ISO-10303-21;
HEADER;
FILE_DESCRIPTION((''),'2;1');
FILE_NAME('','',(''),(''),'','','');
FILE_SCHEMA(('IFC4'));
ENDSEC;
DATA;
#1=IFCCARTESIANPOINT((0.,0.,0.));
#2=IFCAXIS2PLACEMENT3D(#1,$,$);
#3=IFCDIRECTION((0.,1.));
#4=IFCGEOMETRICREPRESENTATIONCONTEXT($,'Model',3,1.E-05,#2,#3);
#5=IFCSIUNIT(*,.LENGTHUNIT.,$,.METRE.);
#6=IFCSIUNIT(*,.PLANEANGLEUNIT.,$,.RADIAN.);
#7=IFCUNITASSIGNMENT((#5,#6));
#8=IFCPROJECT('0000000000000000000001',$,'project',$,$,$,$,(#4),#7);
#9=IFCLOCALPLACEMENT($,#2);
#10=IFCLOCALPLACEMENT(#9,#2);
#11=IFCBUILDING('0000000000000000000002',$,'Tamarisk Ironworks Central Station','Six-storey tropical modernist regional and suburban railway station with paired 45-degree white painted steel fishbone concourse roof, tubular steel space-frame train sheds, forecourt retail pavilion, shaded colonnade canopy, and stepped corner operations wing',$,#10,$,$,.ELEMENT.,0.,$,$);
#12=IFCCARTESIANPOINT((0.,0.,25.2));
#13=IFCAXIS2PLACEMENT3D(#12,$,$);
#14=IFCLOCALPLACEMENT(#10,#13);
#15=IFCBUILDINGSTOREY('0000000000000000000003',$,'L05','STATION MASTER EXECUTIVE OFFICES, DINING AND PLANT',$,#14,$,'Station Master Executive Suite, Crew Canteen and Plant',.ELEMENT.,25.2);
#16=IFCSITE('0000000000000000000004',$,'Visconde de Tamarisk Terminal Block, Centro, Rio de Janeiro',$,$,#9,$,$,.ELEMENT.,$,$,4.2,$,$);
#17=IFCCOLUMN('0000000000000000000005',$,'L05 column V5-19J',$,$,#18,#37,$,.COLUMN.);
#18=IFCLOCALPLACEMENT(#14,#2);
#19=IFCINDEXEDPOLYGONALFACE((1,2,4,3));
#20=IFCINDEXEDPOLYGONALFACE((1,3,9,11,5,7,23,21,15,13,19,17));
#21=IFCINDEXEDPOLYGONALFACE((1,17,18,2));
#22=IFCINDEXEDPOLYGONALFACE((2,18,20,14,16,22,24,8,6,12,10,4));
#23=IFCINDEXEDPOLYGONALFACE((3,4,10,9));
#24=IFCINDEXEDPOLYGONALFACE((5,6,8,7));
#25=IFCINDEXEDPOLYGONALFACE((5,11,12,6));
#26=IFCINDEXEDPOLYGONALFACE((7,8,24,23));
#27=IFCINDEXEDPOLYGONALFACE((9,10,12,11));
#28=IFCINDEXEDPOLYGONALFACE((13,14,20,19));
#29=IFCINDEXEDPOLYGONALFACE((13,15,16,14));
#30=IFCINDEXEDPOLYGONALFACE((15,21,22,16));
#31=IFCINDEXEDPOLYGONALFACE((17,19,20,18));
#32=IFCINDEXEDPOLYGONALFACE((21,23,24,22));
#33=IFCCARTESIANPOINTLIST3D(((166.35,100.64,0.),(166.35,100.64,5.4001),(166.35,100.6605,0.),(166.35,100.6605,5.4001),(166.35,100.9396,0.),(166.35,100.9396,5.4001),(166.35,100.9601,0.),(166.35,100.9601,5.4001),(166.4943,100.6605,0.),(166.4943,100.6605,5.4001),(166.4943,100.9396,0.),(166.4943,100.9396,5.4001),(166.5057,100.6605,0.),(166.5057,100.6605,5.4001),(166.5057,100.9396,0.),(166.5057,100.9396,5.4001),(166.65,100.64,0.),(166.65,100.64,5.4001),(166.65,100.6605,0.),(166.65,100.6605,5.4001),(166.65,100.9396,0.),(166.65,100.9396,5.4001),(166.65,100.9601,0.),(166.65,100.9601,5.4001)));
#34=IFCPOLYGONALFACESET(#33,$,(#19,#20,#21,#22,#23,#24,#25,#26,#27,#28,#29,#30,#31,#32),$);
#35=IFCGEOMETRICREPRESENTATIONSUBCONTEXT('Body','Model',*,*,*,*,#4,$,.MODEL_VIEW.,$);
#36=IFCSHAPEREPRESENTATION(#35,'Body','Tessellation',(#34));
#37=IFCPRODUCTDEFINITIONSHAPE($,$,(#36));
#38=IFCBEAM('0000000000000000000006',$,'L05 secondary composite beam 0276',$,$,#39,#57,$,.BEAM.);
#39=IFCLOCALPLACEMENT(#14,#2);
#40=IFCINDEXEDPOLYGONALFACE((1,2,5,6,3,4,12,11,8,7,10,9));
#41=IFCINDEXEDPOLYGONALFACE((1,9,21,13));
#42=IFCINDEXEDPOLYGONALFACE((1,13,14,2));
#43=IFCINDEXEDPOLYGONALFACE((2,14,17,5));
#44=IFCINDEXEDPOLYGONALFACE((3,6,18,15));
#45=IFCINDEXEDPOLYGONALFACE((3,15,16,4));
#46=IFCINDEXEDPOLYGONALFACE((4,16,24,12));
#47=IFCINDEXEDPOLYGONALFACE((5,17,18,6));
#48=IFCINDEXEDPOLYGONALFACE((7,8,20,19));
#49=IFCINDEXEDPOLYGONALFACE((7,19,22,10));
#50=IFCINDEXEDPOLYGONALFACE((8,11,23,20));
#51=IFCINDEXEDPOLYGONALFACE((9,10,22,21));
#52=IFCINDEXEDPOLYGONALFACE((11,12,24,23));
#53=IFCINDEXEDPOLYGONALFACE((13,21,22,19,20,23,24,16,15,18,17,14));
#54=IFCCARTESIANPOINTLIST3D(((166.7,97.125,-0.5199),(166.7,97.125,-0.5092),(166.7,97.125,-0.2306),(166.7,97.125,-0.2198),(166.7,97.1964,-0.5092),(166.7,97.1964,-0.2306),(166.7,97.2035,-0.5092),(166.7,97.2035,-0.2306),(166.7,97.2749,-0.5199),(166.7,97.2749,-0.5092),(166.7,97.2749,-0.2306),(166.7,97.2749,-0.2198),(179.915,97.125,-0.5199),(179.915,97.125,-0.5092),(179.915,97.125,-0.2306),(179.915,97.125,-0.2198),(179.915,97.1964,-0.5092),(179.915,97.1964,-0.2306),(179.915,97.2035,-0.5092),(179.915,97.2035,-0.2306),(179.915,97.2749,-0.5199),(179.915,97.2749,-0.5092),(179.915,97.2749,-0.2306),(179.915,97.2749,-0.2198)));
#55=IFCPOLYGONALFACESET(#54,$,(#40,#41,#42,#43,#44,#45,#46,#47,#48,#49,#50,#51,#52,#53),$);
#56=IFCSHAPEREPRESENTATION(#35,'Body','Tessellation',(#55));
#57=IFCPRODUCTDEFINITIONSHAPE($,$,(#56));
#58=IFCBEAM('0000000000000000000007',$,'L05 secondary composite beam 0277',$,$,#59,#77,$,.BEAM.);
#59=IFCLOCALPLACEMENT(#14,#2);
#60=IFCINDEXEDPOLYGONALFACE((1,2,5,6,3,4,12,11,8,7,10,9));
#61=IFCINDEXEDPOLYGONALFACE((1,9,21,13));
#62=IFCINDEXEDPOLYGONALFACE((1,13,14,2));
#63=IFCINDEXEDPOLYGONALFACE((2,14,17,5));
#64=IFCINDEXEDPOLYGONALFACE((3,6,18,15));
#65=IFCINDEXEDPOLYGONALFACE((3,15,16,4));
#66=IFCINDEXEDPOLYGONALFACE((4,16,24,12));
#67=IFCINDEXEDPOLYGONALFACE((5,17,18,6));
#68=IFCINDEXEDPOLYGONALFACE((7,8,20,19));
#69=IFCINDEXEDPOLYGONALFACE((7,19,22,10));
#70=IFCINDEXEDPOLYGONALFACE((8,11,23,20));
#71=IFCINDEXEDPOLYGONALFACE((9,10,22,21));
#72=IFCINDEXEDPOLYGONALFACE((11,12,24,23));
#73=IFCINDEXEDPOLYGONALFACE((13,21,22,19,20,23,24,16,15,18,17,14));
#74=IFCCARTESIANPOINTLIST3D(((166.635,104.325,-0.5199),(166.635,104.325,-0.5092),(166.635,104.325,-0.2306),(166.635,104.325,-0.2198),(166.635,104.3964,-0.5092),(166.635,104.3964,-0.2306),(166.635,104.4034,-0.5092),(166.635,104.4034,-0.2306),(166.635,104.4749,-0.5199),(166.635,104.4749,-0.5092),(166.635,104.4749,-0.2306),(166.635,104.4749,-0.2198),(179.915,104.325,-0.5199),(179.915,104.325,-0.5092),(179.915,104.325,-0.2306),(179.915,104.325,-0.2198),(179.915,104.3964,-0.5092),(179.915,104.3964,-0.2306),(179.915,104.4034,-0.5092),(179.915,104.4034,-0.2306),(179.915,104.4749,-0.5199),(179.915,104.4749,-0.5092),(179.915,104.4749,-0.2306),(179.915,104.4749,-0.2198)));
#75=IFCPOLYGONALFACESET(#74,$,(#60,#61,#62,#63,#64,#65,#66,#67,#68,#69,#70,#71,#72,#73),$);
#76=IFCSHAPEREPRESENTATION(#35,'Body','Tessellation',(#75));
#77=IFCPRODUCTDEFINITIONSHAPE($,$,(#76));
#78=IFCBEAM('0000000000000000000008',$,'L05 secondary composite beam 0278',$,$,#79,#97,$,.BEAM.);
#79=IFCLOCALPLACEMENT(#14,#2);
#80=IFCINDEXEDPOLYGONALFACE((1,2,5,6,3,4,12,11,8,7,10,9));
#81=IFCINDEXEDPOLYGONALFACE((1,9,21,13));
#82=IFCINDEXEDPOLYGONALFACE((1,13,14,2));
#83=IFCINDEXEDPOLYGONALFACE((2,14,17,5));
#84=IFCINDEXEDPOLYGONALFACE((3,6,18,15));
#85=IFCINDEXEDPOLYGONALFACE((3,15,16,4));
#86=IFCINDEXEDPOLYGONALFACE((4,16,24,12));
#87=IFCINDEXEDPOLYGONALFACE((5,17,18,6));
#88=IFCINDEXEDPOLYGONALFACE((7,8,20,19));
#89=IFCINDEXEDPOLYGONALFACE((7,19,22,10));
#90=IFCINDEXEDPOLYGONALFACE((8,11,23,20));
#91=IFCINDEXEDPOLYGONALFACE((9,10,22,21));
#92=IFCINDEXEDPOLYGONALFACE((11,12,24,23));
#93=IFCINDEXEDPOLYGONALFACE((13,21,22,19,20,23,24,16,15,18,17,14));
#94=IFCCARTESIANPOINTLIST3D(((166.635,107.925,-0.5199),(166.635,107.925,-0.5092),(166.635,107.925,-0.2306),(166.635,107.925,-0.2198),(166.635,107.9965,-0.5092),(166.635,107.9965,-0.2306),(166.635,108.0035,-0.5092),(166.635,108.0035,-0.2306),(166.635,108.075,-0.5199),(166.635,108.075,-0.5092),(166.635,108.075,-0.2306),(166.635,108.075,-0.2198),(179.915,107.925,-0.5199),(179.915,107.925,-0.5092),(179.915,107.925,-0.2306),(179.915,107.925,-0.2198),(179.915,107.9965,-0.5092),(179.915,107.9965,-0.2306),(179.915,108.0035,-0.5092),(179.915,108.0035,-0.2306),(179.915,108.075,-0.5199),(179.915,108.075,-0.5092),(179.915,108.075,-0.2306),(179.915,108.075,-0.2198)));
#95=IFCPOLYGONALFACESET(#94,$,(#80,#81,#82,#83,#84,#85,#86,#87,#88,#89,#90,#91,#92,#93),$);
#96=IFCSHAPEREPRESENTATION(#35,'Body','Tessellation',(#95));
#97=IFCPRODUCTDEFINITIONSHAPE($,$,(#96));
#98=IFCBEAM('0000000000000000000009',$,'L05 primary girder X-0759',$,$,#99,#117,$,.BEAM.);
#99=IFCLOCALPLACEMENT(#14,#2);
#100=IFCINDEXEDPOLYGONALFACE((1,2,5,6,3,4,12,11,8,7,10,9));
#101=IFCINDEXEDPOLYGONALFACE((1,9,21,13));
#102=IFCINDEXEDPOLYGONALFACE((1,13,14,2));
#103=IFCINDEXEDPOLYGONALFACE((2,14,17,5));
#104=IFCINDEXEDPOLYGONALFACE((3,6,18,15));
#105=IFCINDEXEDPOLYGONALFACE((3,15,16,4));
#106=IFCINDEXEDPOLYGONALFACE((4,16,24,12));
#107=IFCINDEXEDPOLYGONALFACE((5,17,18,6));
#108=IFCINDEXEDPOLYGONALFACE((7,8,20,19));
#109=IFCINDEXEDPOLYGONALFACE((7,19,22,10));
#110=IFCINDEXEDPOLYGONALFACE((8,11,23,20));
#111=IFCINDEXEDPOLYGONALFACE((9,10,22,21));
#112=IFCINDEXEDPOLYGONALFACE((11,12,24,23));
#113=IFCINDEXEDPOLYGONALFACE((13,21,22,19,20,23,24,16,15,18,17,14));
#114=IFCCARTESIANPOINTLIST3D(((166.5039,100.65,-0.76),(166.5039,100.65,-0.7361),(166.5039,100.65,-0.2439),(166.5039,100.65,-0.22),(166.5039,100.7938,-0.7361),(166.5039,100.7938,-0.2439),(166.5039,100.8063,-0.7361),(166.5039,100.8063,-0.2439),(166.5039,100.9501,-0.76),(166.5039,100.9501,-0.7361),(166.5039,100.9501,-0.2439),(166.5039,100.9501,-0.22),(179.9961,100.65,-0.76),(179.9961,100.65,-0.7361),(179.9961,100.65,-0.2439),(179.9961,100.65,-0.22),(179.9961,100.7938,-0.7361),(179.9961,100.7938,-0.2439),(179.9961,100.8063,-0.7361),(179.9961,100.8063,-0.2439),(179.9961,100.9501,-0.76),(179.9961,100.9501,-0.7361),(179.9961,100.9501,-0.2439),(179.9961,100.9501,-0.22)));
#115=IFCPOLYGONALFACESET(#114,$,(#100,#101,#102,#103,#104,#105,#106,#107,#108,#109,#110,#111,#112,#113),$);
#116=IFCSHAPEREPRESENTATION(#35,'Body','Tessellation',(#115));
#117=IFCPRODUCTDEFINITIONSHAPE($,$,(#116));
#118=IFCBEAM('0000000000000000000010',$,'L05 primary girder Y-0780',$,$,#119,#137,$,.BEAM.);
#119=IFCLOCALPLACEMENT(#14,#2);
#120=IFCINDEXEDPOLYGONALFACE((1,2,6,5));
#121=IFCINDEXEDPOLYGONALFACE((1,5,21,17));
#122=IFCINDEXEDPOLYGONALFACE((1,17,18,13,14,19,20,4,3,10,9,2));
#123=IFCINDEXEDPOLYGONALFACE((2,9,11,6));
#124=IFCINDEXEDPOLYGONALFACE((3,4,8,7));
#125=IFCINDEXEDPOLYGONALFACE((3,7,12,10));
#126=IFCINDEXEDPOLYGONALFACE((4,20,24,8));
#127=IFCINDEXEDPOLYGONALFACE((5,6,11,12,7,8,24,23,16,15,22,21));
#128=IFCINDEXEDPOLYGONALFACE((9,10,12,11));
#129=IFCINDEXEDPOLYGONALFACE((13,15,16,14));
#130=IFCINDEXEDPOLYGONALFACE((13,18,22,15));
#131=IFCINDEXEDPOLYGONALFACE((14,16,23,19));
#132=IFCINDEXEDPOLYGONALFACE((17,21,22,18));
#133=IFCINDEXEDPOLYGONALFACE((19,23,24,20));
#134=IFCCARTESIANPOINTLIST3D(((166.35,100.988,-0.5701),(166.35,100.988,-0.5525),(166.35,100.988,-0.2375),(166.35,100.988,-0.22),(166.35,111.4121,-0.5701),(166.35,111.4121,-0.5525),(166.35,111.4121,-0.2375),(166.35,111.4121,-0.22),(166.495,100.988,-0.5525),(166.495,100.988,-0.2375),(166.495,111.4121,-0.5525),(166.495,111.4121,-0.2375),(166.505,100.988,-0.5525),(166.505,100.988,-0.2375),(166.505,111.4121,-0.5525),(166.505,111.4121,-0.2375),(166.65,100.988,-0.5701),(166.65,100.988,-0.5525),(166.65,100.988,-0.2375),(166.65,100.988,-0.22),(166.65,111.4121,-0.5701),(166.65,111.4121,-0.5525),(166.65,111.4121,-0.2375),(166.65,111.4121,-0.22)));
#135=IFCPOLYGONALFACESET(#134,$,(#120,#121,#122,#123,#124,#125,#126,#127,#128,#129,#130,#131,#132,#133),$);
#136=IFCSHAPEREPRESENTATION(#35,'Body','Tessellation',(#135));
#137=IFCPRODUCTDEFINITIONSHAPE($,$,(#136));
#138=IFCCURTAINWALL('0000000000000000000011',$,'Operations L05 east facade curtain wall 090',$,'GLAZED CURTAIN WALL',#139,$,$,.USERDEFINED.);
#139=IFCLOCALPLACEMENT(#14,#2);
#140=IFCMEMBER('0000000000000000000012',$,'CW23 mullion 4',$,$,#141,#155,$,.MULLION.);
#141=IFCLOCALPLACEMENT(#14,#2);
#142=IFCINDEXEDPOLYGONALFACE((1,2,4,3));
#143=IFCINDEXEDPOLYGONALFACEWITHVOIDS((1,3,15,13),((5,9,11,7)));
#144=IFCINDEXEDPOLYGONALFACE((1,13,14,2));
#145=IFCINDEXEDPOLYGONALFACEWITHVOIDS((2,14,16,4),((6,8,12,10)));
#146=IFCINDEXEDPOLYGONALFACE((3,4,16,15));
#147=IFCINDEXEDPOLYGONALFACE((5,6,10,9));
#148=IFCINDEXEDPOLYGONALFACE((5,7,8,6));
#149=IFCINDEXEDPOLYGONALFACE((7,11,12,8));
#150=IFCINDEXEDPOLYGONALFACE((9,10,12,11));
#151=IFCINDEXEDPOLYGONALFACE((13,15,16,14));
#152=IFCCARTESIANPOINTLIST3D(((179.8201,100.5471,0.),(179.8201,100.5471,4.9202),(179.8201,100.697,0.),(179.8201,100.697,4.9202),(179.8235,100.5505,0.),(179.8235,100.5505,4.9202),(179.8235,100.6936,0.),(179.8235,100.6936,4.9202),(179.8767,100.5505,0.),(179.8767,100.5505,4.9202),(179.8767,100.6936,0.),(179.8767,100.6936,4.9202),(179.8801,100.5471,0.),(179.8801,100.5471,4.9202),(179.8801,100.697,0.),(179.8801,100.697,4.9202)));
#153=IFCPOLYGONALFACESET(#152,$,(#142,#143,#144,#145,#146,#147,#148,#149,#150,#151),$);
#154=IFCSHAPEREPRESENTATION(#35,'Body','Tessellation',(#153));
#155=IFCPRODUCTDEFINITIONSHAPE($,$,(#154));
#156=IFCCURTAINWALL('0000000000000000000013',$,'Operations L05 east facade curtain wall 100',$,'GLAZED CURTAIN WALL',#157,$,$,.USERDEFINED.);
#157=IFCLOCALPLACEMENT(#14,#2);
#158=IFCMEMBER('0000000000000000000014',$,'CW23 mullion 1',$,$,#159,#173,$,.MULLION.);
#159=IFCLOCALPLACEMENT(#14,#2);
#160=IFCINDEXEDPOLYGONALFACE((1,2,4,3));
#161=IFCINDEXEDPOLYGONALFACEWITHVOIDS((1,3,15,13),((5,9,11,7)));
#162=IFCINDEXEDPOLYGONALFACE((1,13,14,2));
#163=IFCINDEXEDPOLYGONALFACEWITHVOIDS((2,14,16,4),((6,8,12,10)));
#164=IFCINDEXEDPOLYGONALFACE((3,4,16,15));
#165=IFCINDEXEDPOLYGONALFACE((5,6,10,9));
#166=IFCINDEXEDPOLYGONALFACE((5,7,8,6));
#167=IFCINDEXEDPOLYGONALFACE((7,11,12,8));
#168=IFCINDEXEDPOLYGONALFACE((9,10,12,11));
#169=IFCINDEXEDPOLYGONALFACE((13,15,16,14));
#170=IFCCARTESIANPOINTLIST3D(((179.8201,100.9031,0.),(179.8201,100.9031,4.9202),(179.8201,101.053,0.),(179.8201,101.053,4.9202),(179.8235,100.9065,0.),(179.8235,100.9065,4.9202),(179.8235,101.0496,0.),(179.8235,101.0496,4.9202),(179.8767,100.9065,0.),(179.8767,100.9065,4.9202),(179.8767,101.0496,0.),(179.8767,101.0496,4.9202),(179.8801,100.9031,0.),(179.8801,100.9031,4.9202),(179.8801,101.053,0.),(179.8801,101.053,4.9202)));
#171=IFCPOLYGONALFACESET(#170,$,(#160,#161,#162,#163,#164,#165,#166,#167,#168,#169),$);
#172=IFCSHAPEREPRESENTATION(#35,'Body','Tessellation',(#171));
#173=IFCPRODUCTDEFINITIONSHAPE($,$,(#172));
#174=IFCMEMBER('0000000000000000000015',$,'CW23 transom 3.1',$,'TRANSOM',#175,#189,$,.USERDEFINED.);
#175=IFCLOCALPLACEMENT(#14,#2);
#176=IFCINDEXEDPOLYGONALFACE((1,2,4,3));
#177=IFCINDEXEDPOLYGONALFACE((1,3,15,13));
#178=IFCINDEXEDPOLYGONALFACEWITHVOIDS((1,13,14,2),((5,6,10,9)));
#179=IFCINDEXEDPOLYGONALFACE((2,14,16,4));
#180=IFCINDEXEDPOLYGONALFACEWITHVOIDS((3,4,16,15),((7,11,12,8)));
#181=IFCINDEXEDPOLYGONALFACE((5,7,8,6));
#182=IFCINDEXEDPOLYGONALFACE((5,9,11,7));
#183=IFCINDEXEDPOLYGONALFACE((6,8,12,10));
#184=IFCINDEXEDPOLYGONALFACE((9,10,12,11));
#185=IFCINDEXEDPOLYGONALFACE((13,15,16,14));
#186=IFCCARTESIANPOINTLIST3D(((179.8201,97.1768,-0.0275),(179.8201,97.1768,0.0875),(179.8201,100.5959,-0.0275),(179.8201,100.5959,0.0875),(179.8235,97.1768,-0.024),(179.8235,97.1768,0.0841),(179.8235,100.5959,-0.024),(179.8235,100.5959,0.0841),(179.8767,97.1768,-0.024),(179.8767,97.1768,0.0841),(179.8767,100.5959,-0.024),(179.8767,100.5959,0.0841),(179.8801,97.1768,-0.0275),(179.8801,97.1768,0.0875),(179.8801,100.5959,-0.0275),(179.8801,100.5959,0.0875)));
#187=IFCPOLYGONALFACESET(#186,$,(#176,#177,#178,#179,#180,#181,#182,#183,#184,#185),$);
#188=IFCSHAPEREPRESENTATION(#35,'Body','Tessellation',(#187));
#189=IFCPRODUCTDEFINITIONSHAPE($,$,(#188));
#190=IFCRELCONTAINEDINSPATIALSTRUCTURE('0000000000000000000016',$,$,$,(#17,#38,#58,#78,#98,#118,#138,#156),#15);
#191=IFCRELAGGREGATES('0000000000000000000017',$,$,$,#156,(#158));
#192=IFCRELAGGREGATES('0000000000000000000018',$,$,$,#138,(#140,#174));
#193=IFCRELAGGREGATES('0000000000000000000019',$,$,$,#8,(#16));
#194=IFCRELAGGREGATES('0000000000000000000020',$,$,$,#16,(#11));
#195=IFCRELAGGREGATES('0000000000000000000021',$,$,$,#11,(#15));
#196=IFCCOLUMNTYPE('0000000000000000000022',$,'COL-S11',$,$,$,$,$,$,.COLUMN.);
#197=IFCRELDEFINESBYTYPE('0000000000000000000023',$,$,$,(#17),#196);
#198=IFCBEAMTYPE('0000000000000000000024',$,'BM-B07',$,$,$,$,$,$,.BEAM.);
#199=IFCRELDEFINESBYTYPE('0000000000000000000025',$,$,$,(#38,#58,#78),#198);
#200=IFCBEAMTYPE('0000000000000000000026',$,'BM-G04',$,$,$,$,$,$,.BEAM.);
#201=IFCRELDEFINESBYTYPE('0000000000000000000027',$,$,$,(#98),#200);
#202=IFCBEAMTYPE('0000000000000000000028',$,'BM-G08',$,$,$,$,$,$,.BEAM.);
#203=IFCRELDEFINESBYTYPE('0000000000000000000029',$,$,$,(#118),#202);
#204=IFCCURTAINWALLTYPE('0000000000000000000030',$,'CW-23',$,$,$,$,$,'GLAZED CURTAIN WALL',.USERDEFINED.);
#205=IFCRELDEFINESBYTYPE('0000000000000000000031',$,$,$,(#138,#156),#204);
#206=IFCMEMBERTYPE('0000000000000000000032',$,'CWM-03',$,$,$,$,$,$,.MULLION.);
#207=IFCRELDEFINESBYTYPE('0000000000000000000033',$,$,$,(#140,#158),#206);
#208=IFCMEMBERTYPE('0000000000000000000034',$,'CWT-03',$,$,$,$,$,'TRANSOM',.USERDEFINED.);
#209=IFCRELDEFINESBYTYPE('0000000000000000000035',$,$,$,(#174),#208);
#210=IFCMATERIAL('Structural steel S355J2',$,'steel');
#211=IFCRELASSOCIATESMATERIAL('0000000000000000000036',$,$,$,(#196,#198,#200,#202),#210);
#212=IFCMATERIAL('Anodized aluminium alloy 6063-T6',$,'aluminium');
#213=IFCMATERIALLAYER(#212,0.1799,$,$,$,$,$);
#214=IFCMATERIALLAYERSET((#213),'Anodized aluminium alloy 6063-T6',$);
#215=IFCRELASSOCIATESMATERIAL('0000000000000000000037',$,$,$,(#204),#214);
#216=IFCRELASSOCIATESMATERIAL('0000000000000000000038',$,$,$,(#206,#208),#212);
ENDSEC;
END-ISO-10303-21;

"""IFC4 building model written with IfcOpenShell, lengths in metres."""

from ifc_helpers import new_model, si_unit, direction, frame, origin, origin_2d, place, context, subcontext, project, spatial, hollow_rectangle, i_section, extrude, material, layer, layer_set, material_profile, profile_set, type_object, element, aggregate, save


model = new_model("IFC4")

# Units and contexts
model_context = context("Model", 3, precision=1e-05, world=origin(), true_north=direction((0.0, 1.0)))
body_context = subcontext(model_context, "Body", "Model", "MODEL_VIEW")
ifc_project = project(units=[si_unit("LENGTHUNIT", "METRE"), si_unit("PLANEANGLEUNIT", "RADIAN")], contexts=[model_context])

# Site, building, storey
site_placement = place(None, origin())
site = spatial("IfcSite", under=ifc_project, at=site_placement, Name="Visconde de Tamarisk Terminal Block, Centro, Rio de Janeiro", CompositionType="ELEMENT", RefElevation=4.2)
building_placement = place(site_placement, origin())
building = spatial("IfcBuilding", under=site, at=building_placement, Name="Tamarisk Ironworks Central Station", Description="Six-storey tropical modernist regional and suburban railway station with paired 45-degree white painted steel fishbone concourse roof, tubular steel space-frame train sheds, forecourt retail pavilion, shaded colonnade canopy, and stepped corner operations wing", CompositionType="ELEMENT", ElevationOfRefHeight=0.0)
storey_placement = place(building_placement, frame((0.0, 0.0, 25.2)))
storey = spatial("IfcBuildingStorey", under=building, at=storey_placement, Name="L05", Description="STATION MASTER EXECUTIVE OFFICES, DINING AND PLANT", LongName="Station Master Executive Suite, Crew Canteen and Plant", CompositionType="ELEMENT", Elevation=25.2)

# Column
ifc_material_1 = material(Name="Structural steel S355J2", Category="steel")
ifc_material_profile_1 = material_profile(ifc_material_1, i_section(OverallWidth=0.3, OverallDepth=0.3201, WebThickness=0.0115, FlangeThickness=0.0205, at=origin_2d()), Name="HEB 320")
ifc_profile_set_1 = profile_set([ifc_material_profile_1], Name="Structural steel S355J2")
column_type = type_object("IfcColumnType", Name="COL-S11", PredefinedType="COLUMN", material=ifc_profile_set_1)
column_placement = place(storey_placement, frame((166.5, 100.8, 0.0), z_axis=(0.0, 0.0, 1.0), x_axis=(1.0, 0.0, 0.0)))
element("IfcColumn", 1, at=column_placement, inside=storey, type_object=column_type, Name="L05 column V5-19J", PredefinedType="COLUMN", context=body_context, shape_type="SweptSolid", body=[
    extrude(i_section(OverallWidth=0.3, OverallDepth=0.3201, WebThickness=0.0115, FlangeThickness=0.0205, at=origin_2d()), origin(), (0.0, 0.0, 1.0), 5.4001),
])

# Beams
ifc_material_profile_2 = material_profile(ifc_material_1, i_section(OverallWidth=0.1499, OverallDepth=0.3, WebThickness=0.0071, FlangeThickness=0.0107, at=origin_2d()), Name="IPE 300")
ifc_profile_set_2 = profile_set([ifc_material_profile_2], Name="Structural steel S355J2")
beam_type_1 = type_object("IfcBeamType", Name="BM-B07", PredefinedType="BEAM", material=ifc_profile_set_2)
beam_1_placement = place(storey_placement, frame((166.7, 97.2, -0.3699), z_axis=(1.0, 0.0, 0.0), x_axis=(0.0, 1.0, 0.0)))
element("IfcBeam", 2, at=beam_1_placement, inside=storey, type_object=beam_type_1, Name="L05 secondary composite beam 0276", PredefinedType="BEAM", context=body_context, shape_type="SweptSolid", body=[
    extrude(i_section(OverallWidth=0.1499, OverallDepth=0.3, WebThickness=0.0071, FlangeThickness=0.0107, at=origin_2d()), origin(), (0.0, 0.0, 1.0), 13.2151),
])
for number, where, z_axis, x_axis, name in (
    (3, (166.635, 104.3999, -0.3699), (1.0, 0.0, 0.0), (0.0, 1.0, 0.0), "L05 secondary composite beam 0277"),
    (4, (166.635, 108.0, -0.3699), (1.0, 0.0, 0.0), (0.0, 1.0, 0.0), "L05 secondary composite beam 0278"),
):
    element("IfcBeam", number, at=place(storey_placement, frame(where, z_axis=z_axis, x_axis=x_axis)), inside=storey, type_object=beam_type_1, Name=name, PredefinedType="BEAM", context=body_context, shape_type="SweptSolid", body=[
        extrude(i_section(OverallWidth=0.1499, OverallDepth=0.3, WebThickness=0.0071, FlangeThickness=0.0107, at=origin_2d()), origin(), (0.0, 0.0, 1.0), 13.28),
    ])
ifc_material_profile_3 = material_profile(ifc_material_1, i_section(OverallWidth=0.3, OverallDepth=0.54, WebThickness=0.0125, FlangeThickness=0.0239, at=origin_2d()), Name="HEA 550")
ifc_profile_set_3 = profile_set([ifc_material_profile_3], Name="Structural steel S355J2")
beam_type_2 = type_object("IfcBeamType", Name="BM-G04", PredefinedType="BEAM", material=ifc_profile_set_3)
beam_2_placement = place(storey_placement, frame((166.5039, 100.8, -0.49), z_axis=(1.0, 0.0, 0.0), x_axis=(0.0, 1.0, 0.0)))
element("IfcBeam", 5, at=beam_2_placement, inside=storey, type_object=beam_type_2, Name="L05 primary girder X-0759", PredefinedType="BEAM", context=body_context, shape_type="SweptSolid", body=[
    extrude(i_section(OverallWidth=0.3, OverallDepth=0.54, WebThickness=0.0125, FlangeThickness=0.0239, at=origin_2d()), origin(), (0.0, 0.0, 1.0), 13.4922),
])
ifc_material_profile_4 = material_profile(ifc_material_1, i_section(OverallWidth=0.3, OverallDepth=0.3501, WebThickness=0.01, FlangeThickness=0.0176, at=origin_2d()), Name="HEA 360")
ifc_profile_set_4 = profile_set([ifc_material_profile_4], Name="Structural steel S355J2")
beam_type_3 = type_object("IfcBeamType", Name="BM-G08", PredefinedType="BEAM", material=ifc_profile_set_4)
beam_3_placement = place(storey_placement, frame((166.5, 100.988, -0.395), z_axis=(0.0, 1.0, 0.0), x_axis=(-1.0, 0.0, 0.0)))
element("IfcBeam", 6, at=beam_3_placement, inside=storey, type_object=beam_type_3, Name="L05 primary girder Y-0780", PredefinedType="BEAM", context=body_context, shape_type="SweptSolid", body=[
    extrude(i_section(OverallWidth=0.3, OverallDepth=0.3501, WebThickness=0.01, FlangeThickness=0.0176, at=origin_2d()), origin(), (0.0, 0.0, 1.0), 10.4241),
])

# Curtain walls, members
ifc_material_2 = material(Name="Anodized aluminium alloy 6063-T6", Category="aluminium")
ifc_layer_1 = layer(ifc_material_2, 0.1799)
ifc_layer_set_1 = layer_set([ifc_layer_1], Name="Anodized aluminium alloy 6063-T6")
curtain_wall_type = type_object("IfcCurtainWallType", Name="CW-23", ElementType="GLAZED CURTAIN WALL", PredefinedType="USERDEFINED", material=ifc_layer_set_1)
curtain_wall_1_placement = place(storey_placement, origin())
curtain_wall_1 = element("IfcCurtainWall", 7, at=curtain_wall_1_placement, inside=storey, type_object=curtain_wall_type, Name="Operations L05 east facade curtain wall 090", ObjectType="GLAZED CURTAIN WALL", PredefinedType="USERDEFINED")
ifc_material_profile_5 = material_profile(ifc_material_2, hollow_rectangle(XDim=0.0601, YDim=0.1499, WallThickness=0.0034, at=origin_2d()), Name="ALUM 150x60")
ifc_profile_set_5 = profile_set([ifc_material_profile_5], Name="Anodized aluminium alloy 6063-T6")
member_type_1 = type_object("IfcMemberType", Name="CWM-03", PredefinedType="MULLION", material=ifc_profile_set_5)
member_1_placement = place(storey_placement, frame((179.8501, 100.6221, 0.0), z_axis=(0.0, 0.0, 1.0), x_axis=(-1.0, 0.0, 0.0)))
member_1 = element("IfcMember", 8, at=member_1_placement, type_object=member_type_1, Name="CW23 mullion 4", PredefinedType="MULLION", context=body_context, shape_type="SweptSolid", body=[
    extrude(hollow_rectangle(XDim=0.0601, YDim=0.1499, WallThickness=0.0034, at=origin_2d()), origin(), (0.0, 0.0, 1.0), 4.9202),
])
curtain_wall_2_placement = place(storey_placement, origin())
curtain_wall_2 = element("IfcCurtainWall", 9, at=curtain_wall_2_placement, inside=storey, type_object=curtain_wall_type, Name="Operations L05 east facade curtain wall 100", ObjectType="GLAZED CURTAIN WALL", PredefinedType="USERDEFINED")
member_2_placement = place(storey_placement, frame((179.8501, 100.978, 0.0), z_axis=(0.0, 0.0, 1.0), x_axis=(-1.0, 0.0, 0.0)))
member_2 = element("IfcMember", 10, at=member_2_placement, type_object=member_type_1, Name="CW23 mullion 1", PredefinedType="MULLION", context=body_context, shape_type="SweptSolid", body=[
    extrude(hollow_rectangle(XDim=0.0601, YDim=0.1499, WallThickness=0.0034, at=origin_2d()), origin(), (0.0, 0.0, 1.0), 4.9202),
])

# Member
ifc_material_profile_6 = material_profile(ifc_material_2, hollow_rectangle(XDim=0.0601, YDim=0.115, WallThickness=0.0034, at=origin_2d()), Name="ALUM 115x60")
ifc_profile_set_6 = profile_set([ifc_material_profile_6], Name="Anodized aluminium alloy 6063-T6")
member_type_2 = type_object("IfcMemberType", Name="CWT-03", ElementType="TRANSOM", PredefinedType="USERDEFINED", material=ifc_profile_set_6)
member_3_placement = place(storey_placement, frame((179.8501, 97.1768, 0.03), z_axis=(0.0, 1.0, 0.0), x_axis=(-1.0, 0.0, 0.0)))
member_3 = element("IfcMember", 11, at=member_3_placement, type_object=member_type_2, Name="CW23 transom 3.1", ObjectType="TRANSOM", PredefinedType="USERDEFINED", context=body_context, shape_type="SweptSolid", body=[
    extrude(hollow_rectangle(XDim=0.0601, YDim=0.115, WallThickness=0.0034, at=origin_2d()), origin(), (0.0, 0.0, 1.0), 3.4192),
])
aggregate(curtain_wall_2, [member_2])

aggregate(curtain_wall_1, [member_1, member_3])

save(model, "model.ifc")
